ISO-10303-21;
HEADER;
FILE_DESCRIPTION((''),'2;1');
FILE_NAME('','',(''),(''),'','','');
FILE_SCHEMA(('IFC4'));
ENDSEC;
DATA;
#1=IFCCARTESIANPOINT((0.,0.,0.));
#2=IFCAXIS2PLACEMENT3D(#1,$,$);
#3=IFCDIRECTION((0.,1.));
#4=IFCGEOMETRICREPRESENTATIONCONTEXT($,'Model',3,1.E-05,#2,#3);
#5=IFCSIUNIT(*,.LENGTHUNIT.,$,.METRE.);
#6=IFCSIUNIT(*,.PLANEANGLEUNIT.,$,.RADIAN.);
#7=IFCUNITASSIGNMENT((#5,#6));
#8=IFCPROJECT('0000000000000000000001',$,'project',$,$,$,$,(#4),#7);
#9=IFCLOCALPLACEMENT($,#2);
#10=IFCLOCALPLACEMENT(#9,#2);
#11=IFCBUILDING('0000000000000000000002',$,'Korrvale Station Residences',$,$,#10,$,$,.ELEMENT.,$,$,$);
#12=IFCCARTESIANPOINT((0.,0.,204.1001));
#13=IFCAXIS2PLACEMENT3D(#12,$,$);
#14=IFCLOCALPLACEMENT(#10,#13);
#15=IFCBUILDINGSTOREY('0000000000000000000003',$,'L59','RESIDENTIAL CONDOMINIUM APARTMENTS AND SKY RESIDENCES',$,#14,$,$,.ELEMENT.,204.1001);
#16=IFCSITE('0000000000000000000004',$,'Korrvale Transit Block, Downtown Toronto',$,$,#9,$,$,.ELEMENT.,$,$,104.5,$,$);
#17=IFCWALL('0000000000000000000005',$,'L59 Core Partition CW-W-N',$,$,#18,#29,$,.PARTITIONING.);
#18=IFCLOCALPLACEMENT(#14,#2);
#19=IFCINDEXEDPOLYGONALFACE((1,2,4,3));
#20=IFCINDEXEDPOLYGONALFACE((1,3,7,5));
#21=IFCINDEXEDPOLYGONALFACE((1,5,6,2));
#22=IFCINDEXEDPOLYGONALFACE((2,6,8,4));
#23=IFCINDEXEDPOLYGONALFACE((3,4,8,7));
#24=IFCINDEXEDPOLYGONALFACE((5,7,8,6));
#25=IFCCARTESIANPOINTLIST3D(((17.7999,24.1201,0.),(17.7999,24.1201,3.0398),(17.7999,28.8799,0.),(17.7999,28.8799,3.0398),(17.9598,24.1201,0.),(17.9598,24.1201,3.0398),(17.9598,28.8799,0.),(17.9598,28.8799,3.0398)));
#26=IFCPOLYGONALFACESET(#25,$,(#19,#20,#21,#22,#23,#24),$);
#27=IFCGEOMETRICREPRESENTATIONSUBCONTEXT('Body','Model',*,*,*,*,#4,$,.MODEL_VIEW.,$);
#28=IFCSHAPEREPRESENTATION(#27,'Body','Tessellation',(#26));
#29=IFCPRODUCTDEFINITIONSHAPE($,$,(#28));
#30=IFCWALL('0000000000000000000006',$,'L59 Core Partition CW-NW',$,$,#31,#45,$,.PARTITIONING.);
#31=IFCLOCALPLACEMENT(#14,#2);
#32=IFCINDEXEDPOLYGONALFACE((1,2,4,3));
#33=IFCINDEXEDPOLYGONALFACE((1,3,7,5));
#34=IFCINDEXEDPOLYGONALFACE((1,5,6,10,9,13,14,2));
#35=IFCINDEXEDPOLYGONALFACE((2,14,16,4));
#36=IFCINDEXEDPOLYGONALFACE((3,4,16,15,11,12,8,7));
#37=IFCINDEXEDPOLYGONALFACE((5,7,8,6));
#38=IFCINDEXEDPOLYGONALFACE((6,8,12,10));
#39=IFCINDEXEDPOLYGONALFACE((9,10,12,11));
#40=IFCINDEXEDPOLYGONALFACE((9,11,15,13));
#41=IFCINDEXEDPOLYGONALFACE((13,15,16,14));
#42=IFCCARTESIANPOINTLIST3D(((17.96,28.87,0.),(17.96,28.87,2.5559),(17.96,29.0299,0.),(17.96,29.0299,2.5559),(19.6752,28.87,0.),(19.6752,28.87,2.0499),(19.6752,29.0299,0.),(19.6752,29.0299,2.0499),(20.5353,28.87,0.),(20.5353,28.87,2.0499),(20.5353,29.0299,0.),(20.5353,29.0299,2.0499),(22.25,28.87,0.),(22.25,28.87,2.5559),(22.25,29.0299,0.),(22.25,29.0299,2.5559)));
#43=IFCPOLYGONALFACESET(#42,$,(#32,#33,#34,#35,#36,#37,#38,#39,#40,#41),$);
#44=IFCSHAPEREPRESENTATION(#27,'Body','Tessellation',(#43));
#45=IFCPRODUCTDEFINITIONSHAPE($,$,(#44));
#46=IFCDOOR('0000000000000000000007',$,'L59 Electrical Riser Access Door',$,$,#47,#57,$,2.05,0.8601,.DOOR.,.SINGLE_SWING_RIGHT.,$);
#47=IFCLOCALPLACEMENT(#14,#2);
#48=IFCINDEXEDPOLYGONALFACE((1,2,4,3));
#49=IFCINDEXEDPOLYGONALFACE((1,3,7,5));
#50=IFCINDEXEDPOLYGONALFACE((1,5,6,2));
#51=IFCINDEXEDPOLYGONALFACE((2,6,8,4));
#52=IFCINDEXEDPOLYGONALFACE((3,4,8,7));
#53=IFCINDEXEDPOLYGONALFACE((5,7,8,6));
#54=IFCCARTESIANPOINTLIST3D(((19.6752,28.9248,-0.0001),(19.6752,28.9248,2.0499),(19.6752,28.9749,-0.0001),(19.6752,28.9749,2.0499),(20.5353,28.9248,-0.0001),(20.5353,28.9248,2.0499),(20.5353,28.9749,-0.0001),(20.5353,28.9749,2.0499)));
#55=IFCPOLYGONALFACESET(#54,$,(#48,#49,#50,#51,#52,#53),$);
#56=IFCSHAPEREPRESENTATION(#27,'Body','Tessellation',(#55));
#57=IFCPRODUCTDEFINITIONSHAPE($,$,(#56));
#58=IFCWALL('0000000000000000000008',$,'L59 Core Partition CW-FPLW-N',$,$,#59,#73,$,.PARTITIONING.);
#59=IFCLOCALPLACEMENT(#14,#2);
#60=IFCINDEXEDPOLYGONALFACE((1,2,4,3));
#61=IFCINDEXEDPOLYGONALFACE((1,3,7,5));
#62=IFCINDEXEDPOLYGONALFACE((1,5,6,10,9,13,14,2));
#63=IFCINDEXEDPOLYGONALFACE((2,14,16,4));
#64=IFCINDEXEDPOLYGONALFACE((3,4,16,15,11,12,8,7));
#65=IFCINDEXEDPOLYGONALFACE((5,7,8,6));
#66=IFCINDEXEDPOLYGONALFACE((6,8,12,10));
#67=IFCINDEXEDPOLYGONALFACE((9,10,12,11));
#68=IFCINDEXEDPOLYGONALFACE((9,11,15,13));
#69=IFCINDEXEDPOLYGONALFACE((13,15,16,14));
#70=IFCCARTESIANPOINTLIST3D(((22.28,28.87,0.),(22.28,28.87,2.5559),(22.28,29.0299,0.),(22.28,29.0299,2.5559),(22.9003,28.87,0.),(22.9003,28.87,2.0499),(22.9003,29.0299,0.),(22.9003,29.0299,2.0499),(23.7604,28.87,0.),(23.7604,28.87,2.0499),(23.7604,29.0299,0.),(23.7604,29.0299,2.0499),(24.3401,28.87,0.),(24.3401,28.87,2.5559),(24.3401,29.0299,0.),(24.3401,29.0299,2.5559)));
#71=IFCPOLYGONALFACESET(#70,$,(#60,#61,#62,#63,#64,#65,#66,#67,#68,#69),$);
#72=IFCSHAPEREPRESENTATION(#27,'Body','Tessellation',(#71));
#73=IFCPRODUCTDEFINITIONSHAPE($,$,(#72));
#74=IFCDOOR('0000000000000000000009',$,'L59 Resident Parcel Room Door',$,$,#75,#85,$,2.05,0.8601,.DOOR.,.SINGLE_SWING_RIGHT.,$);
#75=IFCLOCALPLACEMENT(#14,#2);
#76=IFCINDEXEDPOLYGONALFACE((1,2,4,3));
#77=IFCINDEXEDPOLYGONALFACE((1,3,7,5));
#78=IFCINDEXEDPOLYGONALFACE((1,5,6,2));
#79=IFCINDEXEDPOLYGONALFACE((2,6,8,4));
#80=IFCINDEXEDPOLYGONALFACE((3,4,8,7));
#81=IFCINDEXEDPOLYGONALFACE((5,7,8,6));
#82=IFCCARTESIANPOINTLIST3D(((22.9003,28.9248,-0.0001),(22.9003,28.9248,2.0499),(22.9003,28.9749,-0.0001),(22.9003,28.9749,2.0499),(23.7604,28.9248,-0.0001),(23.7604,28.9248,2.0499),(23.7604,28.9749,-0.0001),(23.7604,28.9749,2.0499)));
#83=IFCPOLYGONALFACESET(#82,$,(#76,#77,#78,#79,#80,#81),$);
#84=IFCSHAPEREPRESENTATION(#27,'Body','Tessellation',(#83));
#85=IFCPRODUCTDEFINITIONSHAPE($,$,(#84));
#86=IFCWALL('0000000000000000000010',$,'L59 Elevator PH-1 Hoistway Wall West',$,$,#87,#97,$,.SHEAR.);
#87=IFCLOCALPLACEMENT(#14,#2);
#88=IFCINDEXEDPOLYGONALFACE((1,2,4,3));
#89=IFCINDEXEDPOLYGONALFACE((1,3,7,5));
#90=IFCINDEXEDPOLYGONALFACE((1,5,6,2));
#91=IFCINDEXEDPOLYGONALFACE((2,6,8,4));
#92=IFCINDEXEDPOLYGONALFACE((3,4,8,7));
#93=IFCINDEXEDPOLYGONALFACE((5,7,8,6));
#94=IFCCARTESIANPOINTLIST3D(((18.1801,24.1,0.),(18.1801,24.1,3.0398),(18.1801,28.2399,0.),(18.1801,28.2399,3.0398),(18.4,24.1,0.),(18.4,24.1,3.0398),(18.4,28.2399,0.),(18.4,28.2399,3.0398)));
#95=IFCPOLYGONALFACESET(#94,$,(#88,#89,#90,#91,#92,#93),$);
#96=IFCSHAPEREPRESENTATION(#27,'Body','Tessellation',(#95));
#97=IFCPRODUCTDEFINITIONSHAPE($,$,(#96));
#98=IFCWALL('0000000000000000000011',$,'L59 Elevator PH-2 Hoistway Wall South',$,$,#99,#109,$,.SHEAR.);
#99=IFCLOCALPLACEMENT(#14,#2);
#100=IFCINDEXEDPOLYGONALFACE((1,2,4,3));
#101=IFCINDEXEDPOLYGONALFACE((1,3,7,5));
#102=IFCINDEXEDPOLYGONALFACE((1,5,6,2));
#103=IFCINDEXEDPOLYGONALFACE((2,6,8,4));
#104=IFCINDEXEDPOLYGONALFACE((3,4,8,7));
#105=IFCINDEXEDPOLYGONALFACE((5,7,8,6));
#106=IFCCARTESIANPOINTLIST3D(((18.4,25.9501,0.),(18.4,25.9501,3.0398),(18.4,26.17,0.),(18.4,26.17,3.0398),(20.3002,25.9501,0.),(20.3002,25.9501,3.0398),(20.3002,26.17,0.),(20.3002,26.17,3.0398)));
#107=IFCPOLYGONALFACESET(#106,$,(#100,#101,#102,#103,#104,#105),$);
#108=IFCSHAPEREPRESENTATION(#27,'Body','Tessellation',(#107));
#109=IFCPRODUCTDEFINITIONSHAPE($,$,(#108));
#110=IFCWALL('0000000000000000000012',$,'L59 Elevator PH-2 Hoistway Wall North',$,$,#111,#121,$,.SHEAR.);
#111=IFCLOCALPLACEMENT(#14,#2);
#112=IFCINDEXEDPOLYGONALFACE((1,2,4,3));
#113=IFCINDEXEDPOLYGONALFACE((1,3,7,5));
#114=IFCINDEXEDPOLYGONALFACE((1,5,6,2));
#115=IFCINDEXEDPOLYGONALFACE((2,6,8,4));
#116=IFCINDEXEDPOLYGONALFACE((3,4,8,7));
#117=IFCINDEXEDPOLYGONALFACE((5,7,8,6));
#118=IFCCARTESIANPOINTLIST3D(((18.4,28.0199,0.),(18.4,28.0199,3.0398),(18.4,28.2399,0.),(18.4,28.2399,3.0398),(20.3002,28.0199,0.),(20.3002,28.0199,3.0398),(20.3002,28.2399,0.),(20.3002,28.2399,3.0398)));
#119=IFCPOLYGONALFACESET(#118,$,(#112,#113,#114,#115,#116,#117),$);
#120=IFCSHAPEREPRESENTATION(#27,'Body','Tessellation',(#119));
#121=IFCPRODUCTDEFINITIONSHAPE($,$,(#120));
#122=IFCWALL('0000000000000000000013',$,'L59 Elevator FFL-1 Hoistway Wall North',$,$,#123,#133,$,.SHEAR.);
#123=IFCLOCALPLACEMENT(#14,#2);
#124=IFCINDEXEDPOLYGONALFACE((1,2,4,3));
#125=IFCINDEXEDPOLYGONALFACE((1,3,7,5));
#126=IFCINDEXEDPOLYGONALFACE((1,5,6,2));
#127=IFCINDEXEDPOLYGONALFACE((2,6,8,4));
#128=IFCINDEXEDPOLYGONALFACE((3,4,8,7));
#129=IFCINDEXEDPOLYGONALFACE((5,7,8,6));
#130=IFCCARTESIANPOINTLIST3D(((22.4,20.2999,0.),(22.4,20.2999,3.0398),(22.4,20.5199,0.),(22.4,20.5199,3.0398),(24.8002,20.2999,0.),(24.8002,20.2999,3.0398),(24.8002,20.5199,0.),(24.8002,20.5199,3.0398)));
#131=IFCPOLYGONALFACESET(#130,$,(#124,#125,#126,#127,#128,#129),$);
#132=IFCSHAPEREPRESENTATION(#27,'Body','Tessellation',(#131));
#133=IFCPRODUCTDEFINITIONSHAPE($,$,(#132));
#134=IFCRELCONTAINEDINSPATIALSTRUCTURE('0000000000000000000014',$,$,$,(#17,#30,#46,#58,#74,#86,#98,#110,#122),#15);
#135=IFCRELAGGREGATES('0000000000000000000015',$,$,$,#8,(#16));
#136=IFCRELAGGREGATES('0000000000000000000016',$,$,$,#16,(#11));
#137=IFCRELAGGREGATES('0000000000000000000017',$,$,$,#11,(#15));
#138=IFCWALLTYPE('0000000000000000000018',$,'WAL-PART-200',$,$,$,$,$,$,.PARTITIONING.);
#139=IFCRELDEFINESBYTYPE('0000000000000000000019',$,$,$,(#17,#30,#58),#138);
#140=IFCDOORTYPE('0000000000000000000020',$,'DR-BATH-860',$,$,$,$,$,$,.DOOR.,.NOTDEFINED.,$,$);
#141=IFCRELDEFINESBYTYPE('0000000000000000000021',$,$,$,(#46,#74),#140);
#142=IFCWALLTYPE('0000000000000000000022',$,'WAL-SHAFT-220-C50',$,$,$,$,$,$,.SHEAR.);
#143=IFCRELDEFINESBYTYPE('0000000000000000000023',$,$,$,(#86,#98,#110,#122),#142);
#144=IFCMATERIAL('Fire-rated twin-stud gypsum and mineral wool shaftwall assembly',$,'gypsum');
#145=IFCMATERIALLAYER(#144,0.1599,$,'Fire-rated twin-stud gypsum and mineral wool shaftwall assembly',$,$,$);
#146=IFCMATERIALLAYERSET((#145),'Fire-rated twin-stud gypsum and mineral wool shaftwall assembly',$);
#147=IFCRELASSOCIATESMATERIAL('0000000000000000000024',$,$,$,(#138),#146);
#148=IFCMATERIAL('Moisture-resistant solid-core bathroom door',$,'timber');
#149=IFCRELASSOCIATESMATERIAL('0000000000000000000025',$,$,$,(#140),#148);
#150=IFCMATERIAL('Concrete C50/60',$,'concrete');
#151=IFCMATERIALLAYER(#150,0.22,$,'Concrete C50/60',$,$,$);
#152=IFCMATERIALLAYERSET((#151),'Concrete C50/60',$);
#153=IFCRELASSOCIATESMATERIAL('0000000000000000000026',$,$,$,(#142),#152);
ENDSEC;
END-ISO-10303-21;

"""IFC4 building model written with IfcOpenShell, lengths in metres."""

from ifc_helpers import new_model, si_unit, direction, frame, frame_2d, origin, place, context, subcontext, project, spatial, rectangle, extrude, material, layer, layer_set, type_object, element, fill, save


model = new_model("IFC4")

# Units and contexts
model_context = context("Model", 3, precision=1e-05, world=origin(), true_north=direction((0.0, 1.0)))
body_context = subcontext(model_context, "Body", "Model", "MODEL_VIEW")
ifc_project = project(units=[si_unit("LENGTHUNIT", "METRE"), si_unit("PLANEANGLEUNIT", "RADIAN")], contexts=[model_context])

# Site, building, storey
site_placement = place(None, origin())
site = spatial("IfcSite", under=ifc_project, at=site_placement, Name="Korrvale Transit Block, Downtown Toronto", CompositionType="ELEMENT", RefElevation=104.5)
building_placement = place(site_placement, origin())
building = spatial("IfcBuilding", under=site, at=building_placement, Name="Korrvale Station Residences", CompositionType="ELEMENT")
storey_placement = place(building_placement, frame((0.0, 0.0, 204.1001)))
storey = spatial("IfcBuildingStorey", under=building, at=storey_placement, Name="L59", Description="RESIDENTIAL CONDOMINIUM APARTMENTS AND SKY RESIDENCES", CompositionType="ELEMENT", Elevation=204.1001)

# Shared definitions
ifc_material_1 = material(Name="Concrete C50/60", Category="concrete")

# Wall
ifc_material_2 = material(Name="Fire-rated twin-stud gypsum and mineral wool shaftwall assembly", Category="gypsum")
ifc_layer_1 = layer(ifc_material_2, 0.1599, Name="Fire-rated twin-stud gypsum and mineral wool shaftwall assembly")
ifc_layer_set_1 = layer_set([ifc_layer_1], Name="Fire-rated twin-stud gypsum and mineral wool shaftwall assembly")
wall_type_1 = type_object("IfcWallType", Name="WAL-PART-200", PredefinedType="PARTITIONING", material=ifc_layer_set_1)
wall_1_placement = place(storey_placement, frame((17.8799, 24.1201, 0.0), z_axis=(0.0, 0.0, 1.0), x_axis=(0.0, 1.0, 0.0)))
element("IfcWall", 1, at=wall_1_placement, inside=storey, type_object=wall_type_1, Name="L59 Core Partition CW-W-N", PredefinedType="PARTITIONING", context=body_context, shape_type="SweptSolid", body=[
    extrude(rectangle(XDim=4.7598, YDim=0.1599, at=frame_2d((2.3799, 0.0))), origin(), (0.0, 0.0, 1.0), 3.0398),
])

# Walls, openings, doors
wall_2_placement = place(storey_placement, frame((17.96, 28.95, 0.0), z_axis=(0.0, 0.0, 1.0), x_axis=(1.0, 0.0, 0.0)))
wall_2 = element("IfcWall", 2, at=wall_2_placement, inside=storey, type_object=wall_type_1, Name="L59 Core Partition CW-NW", PredefinedType="PARTITIONING", context=body_context, shape_type="SweptSolid", body=[
    extrude(rectangle(XDim=4.29, YDim=0.1599, at=frame_2d((2.145, 0.0))), origin(), (0.0, 0.0, 1.0), 2.5559),
])
opening_1_placement = place(wall_2_placement, frame((1.7151, 0.0, 0.0)))
opening_1 = element("IfcOpeningElement", 3, at=opening_1_placement, cuts=wall_2, PredefinedType="OPENING", context=body_context, shape_type="SweptSolid", body=[
    extrude(rectangle(XDim=0.8601, YDim=2.05, at=frame_2d((0.4302, 1.0249))), frame((0.0, 0.0898, 0.0), z_axis=(0.0, -1.0, 0.0), x_axis=(1.0, 0.0, 0.0)), (0.0, 0.0, 1.0), 0.1799),
])
ifc_material_3 = material(Name="Moisture-resistant solid-core bathroom door", Category="timber")
door_type_1 = type_object("IfcDoorType", Name="DR-BATH-860", OperationType="NOTDEFINED", PredefinedType="DOOR", material=ifc_material_3)
door_1_placement = place(opening_1_placement, origin())
door_1 = element("IfcDoor", 4, at=door_1_placement, inside=storey, type_object=door_type_1, Name="L59 Electrical Riser Access Door", OperationType="SINGLE_SWING_RIGHT", OverallHeight=2.05, OverallWidth=0.8601, PredefinedType="DOOR", context=body_context, shape_type="SweptSolid", body=[
    extrude(rectangle(XDim=0.8601, YDim=2.05, at=frame_2d((0.4302, 1.0249))), frame((0.0, 0.0249, 0.0), z_axis=(0.0, -1.0, 0.0), x_axis=(1.0, 0.0, 0.0)), (0.0, 0.0, 1.0), 0.05),
])
fill(opening_1, door_1)
wall_3_placement = place(storey_placement, frame((22.28, 28.95, 0.0), z_axis=(0.0, 0.0, 1.0), x_axis=(1.0, 0.0, 0.0)))
wall_3 = element("IfcWall", 5, at=wall_3_placement, inside=storey, type_object=wall_type_1, Name="L59 Core Partition CW-FPLW-N", PredefinedType="PARTITIONING", context=body_context, shape_type="SweptSolid", body=[
    extrude(rectangle(XDim=2.0601, YDim=0.1599, at=frame_2d((1.03, 0.0))), origin(), (0.0, 0.0, 1.0), 2.5559),
])
opening_2_placement = place(wall_3_placement, frame((0.6201, 0.0, 0.0)))
opening_2 = element("IfcOpeningElement", 6, at=opening_2_placement, cuts=wall_3, PredefinedType="OPENING", context=body_context, shape_type="SweptSolid", body=[
    extrude(rectangle(XDim=0.8601, YDim=2.05, at=frame_2d((0.4302, 1.0249))), frame((0.0, 0.0898, 0.0), z_axis=(0.0, -1.0, 0.0), x_axis=(1.0, 0.0, 0.0)), (0.0, 0.0, 1.0), 0.1799),
])
door_2_placement = place(opening_2_placement, origin())
door_2 = element("IfcDoor", 7, at=door_2_placement, inside=storey, type_object=door_type_1, Name="L59 Resident Parcel Room Door", OperationType="SINGLE_SWING_RIGHT", OverallHeight=2.05, OverallWidth=0.8601, PredefinedType="DOOR", context=body_context, shape_type="SweptSolid", body=[
    extrude(rectangle(XDim=0.8601, YDim=2.05, at=frame_2d((0.4302, 1.0249))), frame((0.0, 0.0249, 0.0), z_axis=(0.0, -1.0, 0.0), x_axis=(1.0, 0.0, 0.0)), (0.0, 0.0, 1.0), 0.05),
])
fill(opening_2, door_2)

# Wall
ifc_layer_2 = layer(ifc_material_1, 0.22, Name="Concrete C50/60")
ifc_layer_set_2 = layer_set([ifc_layer_2], Name="Concrete C50/60")
wall_type_2 = type_object("IfcWallType", Name="WAL-SHAFT-220-C50", PredefinedType="SHEAR", material=ifc_layer_set_2)
wall_4_placement = place(storey_placement, frame((18.29, 24.1001, 0.0), z_axis=(0.0, 0.0, 1.0), x_axis=(0.0, 1.0, 0.0)))
element("IfcWall", 8, at=wall_4_placement, inside=storey, type_object=wall_type_2, Name="L59 Elevator PH-1 Hoistway Wall West", PredefinedType="SHEAR", context=body_context, shape_type="SweptSolid", body=[
    extrude(rectangle(XDim=4.1399, YDim=0.22, at=frame_2d((2.0698, 0.0))), origin(), (0.0, 0.0, 1.0), 3.0398),
])

# Walls
for number, where, z_axis, x_axis, name in (
    (9, (18.3999, 26.0601, 0.0), (0.0, 0.0, 1.0), (1.0, 0.0, 0.0), "L59 Elevator PH-2 Hoistway Wall South"),
    (10, (18.3999, 28.1299, 0.0), (0.0, 0.0, 1.0), (1.0, 0.0, 0.0), "L59 Elevator PH-2 Hoistway Wall North"),
):
    element("IfcWall", number, at=place(storey_placement, frame(where, z_axis=z_axis, x_axis=x_axis)), inside=storey, type_object=wall_type_2, Name=name, PredefinedType="SHEAR", context=body_context, shape_type="SweptSolid", body=[
        extrude(rectangle(XDim=1.9001, YDim=0.22, at=frame_2d((0.9502, 0.0))), origin(), (0.0, 0.0, 1.0), 3.0398),
    ])

# Wall
wall_5_placement = place(storey_placement, frame((22.3999, 20.4099, 0.0), z_axis=(0.0, 0.0, 1.0), x_axis=(1.0, 0.0, 0.0)))
element("IfcWall", 11, at=wall_5_placement, inside=storey, type_object=wall_type_2, Name="L59 Elevator FFL-1 Hoistway Wall North", PredefinedType="SHEAR", context=body_context, shape_type="SweptSolid", body=[
    extrude(rectangle(XDim=2.4001, YDim=0.22, at=frame_2d((1.2002, 0.0))), origin(), (0.0, 0.0, 1.0), 3.0398),
])

save(model, "model.ifc")
